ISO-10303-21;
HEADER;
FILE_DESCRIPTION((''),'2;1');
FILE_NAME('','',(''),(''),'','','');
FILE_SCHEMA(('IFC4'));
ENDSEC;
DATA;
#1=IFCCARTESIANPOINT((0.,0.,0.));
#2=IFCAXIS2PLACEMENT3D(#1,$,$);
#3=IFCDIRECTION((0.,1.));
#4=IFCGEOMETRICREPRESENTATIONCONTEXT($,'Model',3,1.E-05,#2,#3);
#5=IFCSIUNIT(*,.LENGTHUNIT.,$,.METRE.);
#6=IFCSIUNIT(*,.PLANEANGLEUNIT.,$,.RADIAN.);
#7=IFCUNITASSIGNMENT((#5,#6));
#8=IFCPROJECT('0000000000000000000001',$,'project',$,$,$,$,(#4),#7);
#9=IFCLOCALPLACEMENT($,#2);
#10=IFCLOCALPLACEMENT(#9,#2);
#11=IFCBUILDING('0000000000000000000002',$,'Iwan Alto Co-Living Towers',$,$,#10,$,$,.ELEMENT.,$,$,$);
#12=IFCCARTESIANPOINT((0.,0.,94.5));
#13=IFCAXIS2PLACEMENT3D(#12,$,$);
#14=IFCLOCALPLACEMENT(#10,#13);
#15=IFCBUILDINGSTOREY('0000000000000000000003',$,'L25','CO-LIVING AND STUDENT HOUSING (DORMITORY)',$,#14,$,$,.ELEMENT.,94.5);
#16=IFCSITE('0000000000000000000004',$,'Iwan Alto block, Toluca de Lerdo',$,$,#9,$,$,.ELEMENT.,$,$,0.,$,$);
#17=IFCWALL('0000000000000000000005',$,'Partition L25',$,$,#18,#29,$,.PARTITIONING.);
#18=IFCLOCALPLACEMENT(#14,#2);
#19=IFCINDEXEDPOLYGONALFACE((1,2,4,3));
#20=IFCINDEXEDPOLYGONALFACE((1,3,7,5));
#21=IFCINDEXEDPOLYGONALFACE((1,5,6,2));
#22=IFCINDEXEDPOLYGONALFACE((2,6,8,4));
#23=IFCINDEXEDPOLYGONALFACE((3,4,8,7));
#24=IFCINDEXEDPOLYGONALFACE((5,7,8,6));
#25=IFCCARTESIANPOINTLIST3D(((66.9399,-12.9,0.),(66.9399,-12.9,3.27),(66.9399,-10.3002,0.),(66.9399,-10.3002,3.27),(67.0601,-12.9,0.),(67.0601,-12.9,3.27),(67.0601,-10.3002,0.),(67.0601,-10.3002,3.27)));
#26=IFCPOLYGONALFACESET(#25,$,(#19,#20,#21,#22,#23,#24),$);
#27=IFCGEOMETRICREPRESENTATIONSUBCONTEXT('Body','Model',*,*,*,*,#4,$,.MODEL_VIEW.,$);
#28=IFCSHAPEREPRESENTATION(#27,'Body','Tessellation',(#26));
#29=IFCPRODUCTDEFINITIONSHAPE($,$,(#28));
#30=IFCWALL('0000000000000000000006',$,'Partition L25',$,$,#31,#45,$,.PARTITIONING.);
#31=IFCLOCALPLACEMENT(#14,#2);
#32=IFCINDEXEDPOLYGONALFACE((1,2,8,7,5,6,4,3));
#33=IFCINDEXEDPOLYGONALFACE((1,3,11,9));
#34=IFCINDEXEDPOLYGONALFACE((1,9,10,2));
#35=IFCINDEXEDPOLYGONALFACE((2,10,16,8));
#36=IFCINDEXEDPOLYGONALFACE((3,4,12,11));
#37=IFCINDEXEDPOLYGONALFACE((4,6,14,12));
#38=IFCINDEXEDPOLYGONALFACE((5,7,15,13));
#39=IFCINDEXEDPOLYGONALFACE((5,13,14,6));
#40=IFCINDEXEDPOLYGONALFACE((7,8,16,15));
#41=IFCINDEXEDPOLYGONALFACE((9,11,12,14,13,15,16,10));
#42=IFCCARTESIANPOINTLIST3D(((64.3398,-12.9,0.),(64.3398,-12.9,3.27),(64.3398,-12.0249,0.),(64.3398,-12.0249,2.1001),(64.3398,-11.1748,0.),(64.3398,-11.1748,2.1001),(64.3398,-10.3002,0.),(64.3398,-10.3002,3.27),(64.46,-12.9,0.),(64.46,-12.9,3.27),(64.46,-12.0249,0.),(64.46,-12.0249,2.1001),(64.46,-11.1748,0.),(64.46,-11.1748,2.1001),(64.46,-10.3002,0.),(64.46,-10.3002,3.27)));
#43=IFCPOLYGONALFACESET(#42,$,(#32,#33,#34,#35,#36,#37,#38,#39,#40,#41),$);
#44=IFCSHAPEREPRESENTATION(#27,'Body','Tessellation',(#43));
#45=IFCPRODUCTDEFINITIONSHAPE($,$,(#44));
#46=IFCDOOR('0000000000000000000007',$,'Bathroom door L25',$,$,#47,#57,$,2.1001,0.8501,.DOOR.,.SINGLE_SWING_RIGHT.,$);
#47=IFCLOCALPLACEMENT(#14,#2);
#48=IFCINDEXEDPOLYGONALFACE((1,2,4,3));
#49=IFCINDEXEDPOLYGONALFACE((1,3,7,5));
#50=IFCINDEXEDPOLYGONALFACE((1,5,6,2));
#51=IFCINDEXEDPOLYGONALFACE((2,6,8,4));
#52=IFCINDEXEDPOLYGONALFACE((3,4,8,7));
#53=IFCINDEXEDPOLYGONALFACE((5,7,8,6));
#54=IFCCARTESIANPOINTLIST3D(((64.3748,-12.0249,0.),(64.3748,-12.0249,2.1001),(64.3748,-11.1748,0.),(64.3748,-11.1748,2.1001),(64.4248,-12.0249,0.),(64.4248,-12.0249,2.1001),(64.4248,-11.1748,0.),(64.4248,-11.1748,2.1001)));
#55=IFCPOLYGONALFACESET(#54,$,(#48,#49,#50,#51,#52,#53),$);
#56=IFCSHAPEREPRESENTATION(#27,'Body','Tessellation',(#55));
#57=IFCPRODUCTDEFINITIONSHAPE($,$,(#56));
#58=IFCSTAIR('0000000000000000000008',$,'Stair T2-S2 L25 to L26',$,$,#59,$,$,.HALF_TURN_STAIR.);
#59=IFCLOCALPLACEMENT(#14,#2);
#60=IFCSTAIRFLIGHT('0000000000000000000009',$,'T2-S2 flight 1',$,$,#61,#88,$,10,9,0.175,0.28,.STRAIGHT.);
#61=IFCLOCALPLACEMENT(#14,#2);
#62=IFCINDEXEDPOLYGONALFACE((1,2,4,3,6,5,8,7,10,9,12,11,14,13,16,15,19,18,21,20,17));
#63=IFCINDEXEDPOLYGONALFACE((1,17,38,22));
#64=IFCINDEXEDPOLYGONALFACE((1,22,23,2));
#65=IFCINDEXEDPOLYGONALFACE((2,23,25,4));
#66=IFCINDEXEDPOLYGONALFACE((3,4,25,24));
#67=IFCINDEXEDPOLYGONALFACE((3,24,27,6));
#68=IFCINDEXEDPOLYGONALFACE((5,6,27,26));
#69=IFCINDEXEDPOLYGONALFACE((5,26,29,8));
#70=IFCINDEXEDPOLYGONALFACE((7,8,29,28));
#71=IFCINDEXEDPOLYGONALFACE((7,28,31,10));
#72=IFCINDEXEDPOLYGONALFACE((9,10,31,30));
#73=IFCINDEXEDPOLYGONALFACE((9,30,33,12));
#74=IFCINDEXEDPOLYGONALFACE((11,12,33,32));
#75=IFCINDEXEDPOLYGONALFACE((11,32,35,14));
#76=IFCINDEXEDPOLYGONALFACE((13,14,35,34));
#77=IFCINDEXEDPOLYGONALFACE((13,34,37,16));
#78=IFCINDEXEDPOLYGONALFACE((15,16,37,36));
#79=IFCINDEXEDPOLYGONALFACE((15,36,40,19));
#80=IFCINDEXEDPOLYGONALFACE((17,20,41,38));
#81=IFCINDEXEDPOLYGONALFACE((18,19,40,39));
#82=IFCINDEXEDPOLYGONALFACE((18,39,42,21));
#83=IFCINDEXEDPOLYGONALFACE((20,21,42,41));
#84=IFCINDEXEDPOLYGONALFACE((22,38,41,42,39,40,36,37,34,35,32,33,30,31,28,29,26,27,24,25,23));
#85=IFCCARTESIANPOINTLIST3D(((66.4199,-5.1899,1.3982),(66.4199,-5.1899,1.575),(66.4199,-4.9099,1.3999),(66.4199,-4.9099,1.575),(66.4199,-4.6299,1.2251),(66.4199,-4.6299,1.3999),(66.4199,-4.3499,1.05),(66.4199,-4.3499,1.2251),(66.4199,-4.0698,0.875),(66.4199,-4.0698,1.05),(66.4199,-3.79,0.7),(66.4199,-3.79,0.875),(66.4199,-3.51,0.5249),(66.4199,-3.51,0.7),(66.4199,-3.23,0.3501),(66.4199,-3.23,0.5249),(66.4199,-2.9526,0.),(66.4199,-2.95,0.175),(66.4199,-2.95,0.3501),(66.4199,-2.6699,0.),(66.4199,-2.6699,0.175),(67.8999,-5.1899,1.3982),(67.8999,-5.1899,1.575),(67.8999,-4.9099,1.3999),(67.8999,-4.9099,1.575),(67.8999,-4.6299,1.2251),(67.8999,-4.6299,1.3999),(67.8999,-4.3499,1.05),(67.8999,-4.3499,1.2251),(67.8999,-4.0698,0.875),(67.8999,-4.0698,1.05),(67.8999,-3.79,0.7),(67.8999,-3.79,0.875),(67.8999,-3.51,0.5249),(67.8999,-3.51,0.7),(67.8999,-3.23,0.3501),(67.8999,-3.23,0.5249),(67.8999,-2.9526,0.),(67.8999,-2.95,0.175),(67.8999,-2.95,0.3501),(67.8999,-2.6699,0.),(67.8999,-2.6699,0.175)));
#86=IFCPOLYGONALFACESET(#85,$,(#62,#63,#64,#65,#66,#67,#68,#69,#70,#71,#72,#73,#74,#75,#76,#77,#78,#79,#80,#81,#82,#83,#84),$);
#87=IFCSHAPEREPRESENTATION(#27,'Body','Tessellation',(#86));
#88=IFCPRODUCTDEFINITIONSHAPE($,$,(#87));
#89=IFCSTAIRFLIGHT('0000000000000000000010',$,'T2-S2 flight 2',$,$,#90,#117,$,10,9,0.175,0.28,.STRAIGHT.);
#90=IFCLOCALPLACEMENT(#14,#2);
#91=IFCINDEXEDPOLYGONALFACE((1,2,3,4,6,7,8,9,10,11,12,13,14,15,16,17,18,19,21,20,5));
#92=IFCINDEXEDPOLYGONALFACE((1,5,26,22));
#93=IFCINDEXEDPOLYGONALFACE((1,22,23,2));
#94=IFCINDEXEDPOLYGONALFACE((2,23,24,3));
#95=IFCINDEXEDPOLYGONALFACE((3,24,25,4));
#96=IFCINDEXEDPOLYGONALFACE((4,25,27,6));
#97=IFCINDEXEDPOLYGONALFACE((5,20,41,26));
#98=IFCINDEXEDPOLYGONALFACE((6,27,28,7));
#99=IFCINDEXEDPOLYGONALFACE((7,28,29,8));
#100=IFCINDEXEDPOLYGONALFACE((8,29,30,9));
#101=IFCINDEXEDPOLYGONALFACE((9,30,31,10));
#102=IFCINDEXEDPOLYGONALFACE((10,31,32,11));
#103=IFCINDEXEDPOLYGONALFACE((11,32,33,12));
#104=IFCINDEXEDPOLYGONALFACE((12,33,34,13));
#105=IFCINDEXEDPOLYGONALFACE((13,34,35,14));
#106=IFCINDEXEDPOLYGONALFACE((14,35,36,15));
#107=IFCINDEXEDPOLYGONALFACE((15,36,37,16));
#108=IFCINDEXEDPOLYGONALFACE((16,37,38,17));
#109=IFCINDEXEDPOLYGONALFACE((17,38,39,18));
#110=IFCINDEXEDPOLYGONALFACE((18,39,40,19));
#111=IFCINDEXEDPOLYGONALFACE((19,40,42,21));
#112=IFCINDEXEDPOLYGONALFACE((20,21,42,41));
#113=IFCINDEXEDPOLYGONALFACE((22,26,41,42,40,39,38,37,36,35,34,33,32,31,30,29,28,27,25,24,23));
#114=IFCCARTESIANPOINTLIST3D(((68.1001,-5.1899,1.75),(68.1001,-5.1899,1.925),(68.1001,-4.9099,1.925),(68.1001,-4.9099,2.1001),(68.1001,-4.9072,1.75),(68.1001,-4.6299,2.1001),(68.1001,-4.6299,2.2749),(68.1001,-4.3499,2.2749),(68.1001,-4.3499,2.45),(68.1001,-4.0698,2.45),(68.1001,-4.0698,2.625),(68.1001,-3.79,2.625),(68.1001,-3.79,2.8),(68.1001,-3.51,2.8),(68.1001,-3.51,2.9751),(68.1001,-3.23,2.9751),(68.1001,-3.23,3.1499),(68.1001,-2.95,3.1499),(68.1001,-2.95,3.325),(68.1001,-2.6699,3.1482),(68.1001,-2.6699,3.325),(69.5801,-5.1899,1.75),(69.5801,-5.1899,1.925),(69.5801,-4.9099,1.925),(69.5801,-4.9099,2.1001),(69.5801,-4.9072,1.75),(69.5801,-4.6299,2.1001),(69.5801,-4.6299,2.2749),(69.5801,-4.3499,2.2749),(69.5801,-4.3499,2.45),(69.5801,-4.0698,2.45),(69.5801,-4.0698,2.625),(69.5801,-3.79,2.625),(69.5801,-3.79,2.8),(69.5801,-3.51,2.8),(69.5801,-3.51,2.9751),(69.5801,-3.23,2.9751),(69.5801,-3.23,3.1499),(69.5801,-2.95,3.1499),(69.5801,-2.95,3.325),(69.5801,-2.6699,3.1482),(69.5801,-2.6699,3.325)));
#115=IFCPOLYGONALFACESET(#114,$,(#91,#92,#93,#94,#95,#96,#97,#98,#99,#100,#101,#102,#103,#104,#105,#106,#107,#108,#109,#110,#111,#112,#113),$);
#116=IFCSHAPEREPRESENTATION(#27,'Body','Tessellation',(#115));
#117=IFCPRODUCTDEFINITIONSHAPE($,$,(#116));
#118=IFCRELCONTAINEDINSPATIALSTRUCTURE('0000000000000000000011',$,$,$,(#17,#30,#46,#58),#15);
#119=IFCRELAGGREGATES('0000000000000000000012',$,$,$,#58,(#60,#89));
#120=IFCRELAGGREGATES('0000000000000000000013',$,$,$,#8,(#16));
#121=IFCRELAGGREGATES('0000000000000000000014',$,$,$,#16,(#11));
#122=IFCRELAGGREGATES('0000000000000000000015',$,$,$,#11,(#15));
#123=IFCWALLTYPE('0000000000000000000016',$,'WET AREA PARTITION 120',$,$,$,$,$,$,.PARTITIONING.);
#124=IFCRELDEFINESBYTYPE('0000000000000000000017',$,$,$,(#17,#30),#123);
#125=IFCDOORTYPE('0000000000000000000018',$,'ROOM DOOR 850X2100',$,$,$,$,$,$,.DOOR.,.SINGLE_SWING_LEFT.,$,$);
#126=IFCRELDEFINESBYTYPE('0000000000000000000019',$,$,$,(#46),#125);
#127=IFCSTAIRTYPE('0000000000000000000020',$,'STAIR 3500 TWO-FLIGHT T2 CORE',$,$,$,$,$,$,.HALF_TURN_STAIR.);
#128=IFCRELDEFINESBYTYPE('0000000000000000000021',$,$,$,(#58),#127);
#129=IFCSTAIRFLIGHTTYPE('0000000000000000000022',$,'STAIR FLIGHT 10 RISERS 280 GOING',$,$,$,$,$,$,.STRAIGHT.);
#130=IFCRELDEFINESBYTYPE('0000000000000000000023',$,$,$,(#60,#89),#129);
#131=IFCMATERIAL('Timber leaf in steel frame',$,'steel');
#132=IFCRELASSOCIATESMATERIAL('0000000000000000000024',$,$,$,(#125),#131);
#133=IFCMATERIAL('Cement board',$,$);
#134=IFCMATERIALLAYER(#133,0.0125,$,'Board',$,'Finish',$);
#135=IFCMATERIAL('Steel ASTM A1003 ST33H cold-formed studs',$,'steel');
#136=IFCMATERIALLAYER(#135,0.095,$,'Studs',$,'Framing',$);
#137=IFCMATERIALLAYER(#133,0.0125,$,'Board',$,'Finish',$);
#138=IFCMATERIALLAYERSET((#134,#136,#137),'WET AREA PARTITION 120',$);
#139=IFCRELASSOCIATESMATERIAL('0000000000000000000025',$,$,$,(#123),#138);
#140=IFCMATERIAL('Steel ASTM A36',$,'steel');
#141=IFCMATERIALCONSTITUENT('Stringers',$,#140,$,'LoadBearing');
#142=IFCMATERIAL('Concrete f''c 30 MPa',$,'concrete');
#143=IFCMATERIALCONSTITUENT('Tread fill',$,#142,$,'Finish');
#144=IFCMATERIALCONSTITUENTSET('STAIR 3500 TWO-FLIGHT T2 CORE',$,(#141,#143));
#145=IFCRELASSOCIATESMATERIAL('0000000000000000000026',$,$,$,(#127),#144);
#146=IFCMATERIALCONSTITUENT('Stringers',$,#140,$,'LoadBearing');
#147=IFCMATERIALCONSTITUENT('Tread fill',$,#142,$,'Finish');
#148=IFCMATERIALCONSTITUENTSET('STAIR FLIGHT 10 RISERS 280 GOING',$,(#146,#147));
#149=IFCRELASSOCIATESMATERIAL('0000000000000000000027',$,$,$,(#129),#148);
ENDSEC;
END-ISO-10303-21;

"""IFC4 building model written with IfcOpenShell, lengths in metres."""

from ifc_helpers import new_model, si_unit, direction, frame, frame_2d, origin, place, context, subcontext, project, spatial, polyline, rectangle, outline, extrude, material, layer, layer_set, constituent, constituent_set, type_object, element, fill, aggregate, save


model = new_model("IFC4")

# Units and contexts
model_context = context("Model", 3, precision=1e-05, world=origin(), true_north=direction((0.0, 1.0)))
body_context = subcontext(model_context, "Body", "Model", "MODEL_VIEW")
ifc_project = project(units=[si_unit("LENGTHUNIT", "METRE"), si_unit("PLANEANGLEUNIT", "RADIAN")], contexts=[model_context])

# Site, building, storey
site_placement = place(None, origin())
site = spatial("IfcSite", under=ifc_project, at=site_placement, Name="Iwan Alto block, Toluca de Lerdo", CompositionType="ELEMENT", RefElevation=0.0)
building_placement = place(site_placement, origin())
building = spatial("IfcBuilding", under=site, at=building_placement, Name="Iwan Alto Co-Living Towers", CompositionType="ELEMENT")
storey_placement = place(building_placement, frame((0.0, 0.0, 94.5)))
storey = spatial("IfcBuildingStorey", under=building, at=storey_placement, Name="L25", Description="CO-LIVING AND STUDENT HOUSING (DORMITORY)", CompositionType="ELEMENT", Elevation=94.5)

# Shared definitions
ifc_material_1 = material(Name="Steel ASTM A1003 ST33H cold-formed studs", Category="steel")
ifc_material_2 = material(Name="Timber leaf in steel frame", Category="steel")
door_type_1 = type_object("IfcDoorType", Name="ROOM DOOR 850X2100", OperationType="SINGLE_SWING_LEFT", PredefinedType="DOOR", material=ifc_material_2)

# Wall
ifc_material_3 = material(Name="Cement board")
ifc_layer_1 = layer(ifc_material_3, 0.0125, Name="Board", Category="Finish")
ifc_layer_2 = layer(ifc_material_1, 0.095, Name="Studs", Category="Framing")
ifc_layer_3 = layer(ifc_material_3, 0.0125, Name="Board", Category="Finish")
ifc_layer_set_1 = layer_set([ifc_layer_1, ifc_layer_2, ifc_layer_3], Name="WET AREA PARTITION 120")
wall_type_1 = type_object("IfcWallType", Name="WET AREA PARTITION 120", PredefinedType="PARTITIONING", material=ifc_layer_set_1)
wall_1_placement = place(storey_placement, frame((67.0, -12.8999, 0.0), z_axis=(0.0, 0.0, 1.0), x_axis=(0.0, 1.0, 0.0)))
element("IfcWall", 1, at=wall_1_placement, inside=storey, type_object=wall_type_1, Name="Partition L25", PredefinedType="PARTITIONING", context=body_context, shape_type="SweptSolid", body=[
    extrude(rectangle(XDim=2.5999, YDim=0.1201, at=frame_2d((1.2998, 0.0))), origin(), (0.0, 0.0, 1.0), 3.27),
])

# Wall, opening, door
wall_2_placement = place(storey_placement, frame((64.3999, -12.8999, 0.0), z_axis=(0.0, 0.0, 1.0), x_axis=(0.0, 1.0, 0.0)))
wall_2 = element("IfcWall", 2, at=wall_2_placement, inside=storey, type_object=wall_type_1, Name="Partition L25", PredefinedType="PARTITIONING", context=body_context, shape_type="SweptSolid", body=[
    extrude(rectangle(XDim=2.5999, YDim=0.1201, at=frame_2d((1.2998, 0.0))), origin(), (0.0, 0.0, 1.0), 3.27),
])
opening_1_placement = place(wall_2_placement, frame((0.875, 0.0, 0.0)))
opening_1 = element("IfcOpeningElement", 3, at=opening_1_placement, cuts=wall_2, PredefinedType="OPENING", context=body_context, shape_type="SweptSolid", body=[
    extrude(rectangle(XDim=0.8501, YDim=2.1001, at=frame_2d((0.425, 1.05))), frame((0.0, 0.0701, 0.0), z_axis=(0.0, -1.0, 0.0), x_axis=(1.0, 0.0, 0.0)), (0.0, 0.0, 1.0), 0.1401),
])
door_1_placement = place(opening_1_placement, frame((0.8501, 0.0, 0.0), z_axis=(0.0, 0.0, 1.0), x_axis=(-1.0, 0.0, 0.0)))
door_1 = element("IfcDoor", 4, at=door_1_placement, inside=storey, type_object=door_type_1, Name="Bathroom door L25", OperationType="SINGLE_SWING_RIGHT", OverallHeight=2.1001, OverallWidth=0.8501, PredefinedType="DOOR", context=body_context, shape_type="SweptSolid", body=[
    extrude(rectangle(XDim=0.8501, YDim=2.1001, at=frame_2d((0.425, 1.05))), frame((0.0, 0.0249, 0.0), z_axis=(0.0, -1.0, 0.0), x_axis=(1.0, 0.0, 0.0)), (0.0, 0.0, 1.0), 0.05),
])
fill(opening_1, door_1)

# Stair, stair flights
ifc_material_4 = material(Name="Steel ASTM A36", Category="steel")
ifc_constituent_1 = constituent(ifc_material_4, Name="Stringers", Category="LoadBearing")
ifc_material_5 = material(Name="Concrete f'c 30 MPa", Category="concrete")
ifc_constituent_2 = constituent(ifc_material_5, Name="Tread fill", Category="Finish")
ifc_constituent_set_1 = constituent_set(constituents=[ifc_constituent_1, ifc_constituent_2], Name="STAIR 3500 TWO-FLIGHT T2 CORE")
stair_type = type_object("IfcStairType", Name="STAIR 3500 TWO-FLIGHT T2 CORE", PredefinedType="HALF_TURN_STAIR", material=ifc_constituent_set_1)
stair_placement = place(storey_placement, origin())
stair = element("IfcStair", 5, at=stair_placement, inside=storey, type_object=stair_type, Name="Stair T2-S2 L25 to L26", PredefinedType="HALF_TURN_STAIR")
ifc_constituent_3 = constituent(ifc_material_4, Name="Stringers", Category="LoadBearing")
ifc_constituent_4 = constituent(ifc_material_5, Name="Tread fill", Category="Finish")
ifc_constituent_set_2 = constituent_set(constituents=[ifc_constituent_3, ifc_constituent_4], Name="STAIR FLIGHT 10 RISERS 280 GOING")
stair_flight_type = type_object("IfcStairFlightType", Name="STAIR FLIGHT 10 RISERS 280 GOING", PredefinedType="STRAIGHT", material=ifc_constituent_set_2)
stair_flight_1_placement = place(storey_placement, frame((67.1599, -2.6699, 0.0), z_axis=(0.0, 0.0, 1.0), x_axis=(0.0, -1.0, 0.0)))
stair_flight_1 = element("IfcStairFlight", 6, at=stair_flight_1_placement, type_object=stair_flight_type, Name="T2-S2 flight 1", NumberOfRisers=10, NumberOfTreads=9, PredefinedType="STRAIGHT", RiserHeight=0.175, TreadLength=0.28, context=body_context, shape_type="SweptSolid", body=[
    extrude(outline(polyline([(0.0, 0.0), (0.0, 0.175), (0.28, 0.175), (0.28, 0.3501), (0.5601, 0.3501), (0.5601, 0.5249), (0.8401, 0.5249), (0.8401, 0.7), (1.1201, 0.7), (1.1201, 0.875), (1.3999, 0.875), (1.3999, 1.05), (1.6799, 1.05), (1.6799, 1.2251), (1.96, 1.2251), (1.96, 1.3999), (2.24, 1.3999), (2.24, 1.575), (2.52, 1.575), (2.52, 1.75), (2.52, 1.3982), (0.2827, 0.0), (0.0, 0.0)])), frame((0.0, 0.74, 0.0), z_axis=(0.0, -1.0, 0.0), x_axis=(1.0, 0.0, 0.0)), (0.0, 0.0, 1.0), 1.48),
])
stair_flight_2_placement = place(storey_placement, frame((68.8401, -5.1899, 1.75), z_axis=(0.0, 0.0, 1.0), x_axis=(0.0, 1.0, 0.0)))
stair_flight_2 = element("IfcStairFlight", 7, at=stair_flight_2_placement, type_object=stair_flight_type, Name="T2-S2 flight 2", NumberOfRisers=10, NumberOfTreads=9, PredefinedType="STRAIGHT", RiserHeight=0.175, TreadLength=0.28, context=body_context, shape_type="SweptSolid", body=[
    extrude(outline(polyline([(0.0, 0.0), (0.0, 0.175), (0.28, 0.175), (0.28, 0.3501), (0.5601, 0.3501), (0.5601, 0.5249), (0.8401, 0.5249), (0.8401, 0.7), (1.1201, 0.7), (1.1201, 0.875), (1.3999, 0.875), (1.3999, 1.05), (1.6799, 1.05), (1.6799, 1.2251), (1.96, 1.2251), (1.96, 1.3999), (2.24, 1.3999), (2.24, 1.575), (2.52, 1.575), (2.52, 1.75), (2.52, 1.3982), (0.2827, 0.0), (0.0, 0.0)])), frame((0.0, 0.74, 0.0), z_axis=(0.0, -1.0, 0.0), x_axis=(1.0, 0.0, 0.0)), (0.0, 0.0, 1.0), 1.48),
])
aggregate(stair, [stair_flight_1, stair_flight_2])

save(model, "model.ifc")
